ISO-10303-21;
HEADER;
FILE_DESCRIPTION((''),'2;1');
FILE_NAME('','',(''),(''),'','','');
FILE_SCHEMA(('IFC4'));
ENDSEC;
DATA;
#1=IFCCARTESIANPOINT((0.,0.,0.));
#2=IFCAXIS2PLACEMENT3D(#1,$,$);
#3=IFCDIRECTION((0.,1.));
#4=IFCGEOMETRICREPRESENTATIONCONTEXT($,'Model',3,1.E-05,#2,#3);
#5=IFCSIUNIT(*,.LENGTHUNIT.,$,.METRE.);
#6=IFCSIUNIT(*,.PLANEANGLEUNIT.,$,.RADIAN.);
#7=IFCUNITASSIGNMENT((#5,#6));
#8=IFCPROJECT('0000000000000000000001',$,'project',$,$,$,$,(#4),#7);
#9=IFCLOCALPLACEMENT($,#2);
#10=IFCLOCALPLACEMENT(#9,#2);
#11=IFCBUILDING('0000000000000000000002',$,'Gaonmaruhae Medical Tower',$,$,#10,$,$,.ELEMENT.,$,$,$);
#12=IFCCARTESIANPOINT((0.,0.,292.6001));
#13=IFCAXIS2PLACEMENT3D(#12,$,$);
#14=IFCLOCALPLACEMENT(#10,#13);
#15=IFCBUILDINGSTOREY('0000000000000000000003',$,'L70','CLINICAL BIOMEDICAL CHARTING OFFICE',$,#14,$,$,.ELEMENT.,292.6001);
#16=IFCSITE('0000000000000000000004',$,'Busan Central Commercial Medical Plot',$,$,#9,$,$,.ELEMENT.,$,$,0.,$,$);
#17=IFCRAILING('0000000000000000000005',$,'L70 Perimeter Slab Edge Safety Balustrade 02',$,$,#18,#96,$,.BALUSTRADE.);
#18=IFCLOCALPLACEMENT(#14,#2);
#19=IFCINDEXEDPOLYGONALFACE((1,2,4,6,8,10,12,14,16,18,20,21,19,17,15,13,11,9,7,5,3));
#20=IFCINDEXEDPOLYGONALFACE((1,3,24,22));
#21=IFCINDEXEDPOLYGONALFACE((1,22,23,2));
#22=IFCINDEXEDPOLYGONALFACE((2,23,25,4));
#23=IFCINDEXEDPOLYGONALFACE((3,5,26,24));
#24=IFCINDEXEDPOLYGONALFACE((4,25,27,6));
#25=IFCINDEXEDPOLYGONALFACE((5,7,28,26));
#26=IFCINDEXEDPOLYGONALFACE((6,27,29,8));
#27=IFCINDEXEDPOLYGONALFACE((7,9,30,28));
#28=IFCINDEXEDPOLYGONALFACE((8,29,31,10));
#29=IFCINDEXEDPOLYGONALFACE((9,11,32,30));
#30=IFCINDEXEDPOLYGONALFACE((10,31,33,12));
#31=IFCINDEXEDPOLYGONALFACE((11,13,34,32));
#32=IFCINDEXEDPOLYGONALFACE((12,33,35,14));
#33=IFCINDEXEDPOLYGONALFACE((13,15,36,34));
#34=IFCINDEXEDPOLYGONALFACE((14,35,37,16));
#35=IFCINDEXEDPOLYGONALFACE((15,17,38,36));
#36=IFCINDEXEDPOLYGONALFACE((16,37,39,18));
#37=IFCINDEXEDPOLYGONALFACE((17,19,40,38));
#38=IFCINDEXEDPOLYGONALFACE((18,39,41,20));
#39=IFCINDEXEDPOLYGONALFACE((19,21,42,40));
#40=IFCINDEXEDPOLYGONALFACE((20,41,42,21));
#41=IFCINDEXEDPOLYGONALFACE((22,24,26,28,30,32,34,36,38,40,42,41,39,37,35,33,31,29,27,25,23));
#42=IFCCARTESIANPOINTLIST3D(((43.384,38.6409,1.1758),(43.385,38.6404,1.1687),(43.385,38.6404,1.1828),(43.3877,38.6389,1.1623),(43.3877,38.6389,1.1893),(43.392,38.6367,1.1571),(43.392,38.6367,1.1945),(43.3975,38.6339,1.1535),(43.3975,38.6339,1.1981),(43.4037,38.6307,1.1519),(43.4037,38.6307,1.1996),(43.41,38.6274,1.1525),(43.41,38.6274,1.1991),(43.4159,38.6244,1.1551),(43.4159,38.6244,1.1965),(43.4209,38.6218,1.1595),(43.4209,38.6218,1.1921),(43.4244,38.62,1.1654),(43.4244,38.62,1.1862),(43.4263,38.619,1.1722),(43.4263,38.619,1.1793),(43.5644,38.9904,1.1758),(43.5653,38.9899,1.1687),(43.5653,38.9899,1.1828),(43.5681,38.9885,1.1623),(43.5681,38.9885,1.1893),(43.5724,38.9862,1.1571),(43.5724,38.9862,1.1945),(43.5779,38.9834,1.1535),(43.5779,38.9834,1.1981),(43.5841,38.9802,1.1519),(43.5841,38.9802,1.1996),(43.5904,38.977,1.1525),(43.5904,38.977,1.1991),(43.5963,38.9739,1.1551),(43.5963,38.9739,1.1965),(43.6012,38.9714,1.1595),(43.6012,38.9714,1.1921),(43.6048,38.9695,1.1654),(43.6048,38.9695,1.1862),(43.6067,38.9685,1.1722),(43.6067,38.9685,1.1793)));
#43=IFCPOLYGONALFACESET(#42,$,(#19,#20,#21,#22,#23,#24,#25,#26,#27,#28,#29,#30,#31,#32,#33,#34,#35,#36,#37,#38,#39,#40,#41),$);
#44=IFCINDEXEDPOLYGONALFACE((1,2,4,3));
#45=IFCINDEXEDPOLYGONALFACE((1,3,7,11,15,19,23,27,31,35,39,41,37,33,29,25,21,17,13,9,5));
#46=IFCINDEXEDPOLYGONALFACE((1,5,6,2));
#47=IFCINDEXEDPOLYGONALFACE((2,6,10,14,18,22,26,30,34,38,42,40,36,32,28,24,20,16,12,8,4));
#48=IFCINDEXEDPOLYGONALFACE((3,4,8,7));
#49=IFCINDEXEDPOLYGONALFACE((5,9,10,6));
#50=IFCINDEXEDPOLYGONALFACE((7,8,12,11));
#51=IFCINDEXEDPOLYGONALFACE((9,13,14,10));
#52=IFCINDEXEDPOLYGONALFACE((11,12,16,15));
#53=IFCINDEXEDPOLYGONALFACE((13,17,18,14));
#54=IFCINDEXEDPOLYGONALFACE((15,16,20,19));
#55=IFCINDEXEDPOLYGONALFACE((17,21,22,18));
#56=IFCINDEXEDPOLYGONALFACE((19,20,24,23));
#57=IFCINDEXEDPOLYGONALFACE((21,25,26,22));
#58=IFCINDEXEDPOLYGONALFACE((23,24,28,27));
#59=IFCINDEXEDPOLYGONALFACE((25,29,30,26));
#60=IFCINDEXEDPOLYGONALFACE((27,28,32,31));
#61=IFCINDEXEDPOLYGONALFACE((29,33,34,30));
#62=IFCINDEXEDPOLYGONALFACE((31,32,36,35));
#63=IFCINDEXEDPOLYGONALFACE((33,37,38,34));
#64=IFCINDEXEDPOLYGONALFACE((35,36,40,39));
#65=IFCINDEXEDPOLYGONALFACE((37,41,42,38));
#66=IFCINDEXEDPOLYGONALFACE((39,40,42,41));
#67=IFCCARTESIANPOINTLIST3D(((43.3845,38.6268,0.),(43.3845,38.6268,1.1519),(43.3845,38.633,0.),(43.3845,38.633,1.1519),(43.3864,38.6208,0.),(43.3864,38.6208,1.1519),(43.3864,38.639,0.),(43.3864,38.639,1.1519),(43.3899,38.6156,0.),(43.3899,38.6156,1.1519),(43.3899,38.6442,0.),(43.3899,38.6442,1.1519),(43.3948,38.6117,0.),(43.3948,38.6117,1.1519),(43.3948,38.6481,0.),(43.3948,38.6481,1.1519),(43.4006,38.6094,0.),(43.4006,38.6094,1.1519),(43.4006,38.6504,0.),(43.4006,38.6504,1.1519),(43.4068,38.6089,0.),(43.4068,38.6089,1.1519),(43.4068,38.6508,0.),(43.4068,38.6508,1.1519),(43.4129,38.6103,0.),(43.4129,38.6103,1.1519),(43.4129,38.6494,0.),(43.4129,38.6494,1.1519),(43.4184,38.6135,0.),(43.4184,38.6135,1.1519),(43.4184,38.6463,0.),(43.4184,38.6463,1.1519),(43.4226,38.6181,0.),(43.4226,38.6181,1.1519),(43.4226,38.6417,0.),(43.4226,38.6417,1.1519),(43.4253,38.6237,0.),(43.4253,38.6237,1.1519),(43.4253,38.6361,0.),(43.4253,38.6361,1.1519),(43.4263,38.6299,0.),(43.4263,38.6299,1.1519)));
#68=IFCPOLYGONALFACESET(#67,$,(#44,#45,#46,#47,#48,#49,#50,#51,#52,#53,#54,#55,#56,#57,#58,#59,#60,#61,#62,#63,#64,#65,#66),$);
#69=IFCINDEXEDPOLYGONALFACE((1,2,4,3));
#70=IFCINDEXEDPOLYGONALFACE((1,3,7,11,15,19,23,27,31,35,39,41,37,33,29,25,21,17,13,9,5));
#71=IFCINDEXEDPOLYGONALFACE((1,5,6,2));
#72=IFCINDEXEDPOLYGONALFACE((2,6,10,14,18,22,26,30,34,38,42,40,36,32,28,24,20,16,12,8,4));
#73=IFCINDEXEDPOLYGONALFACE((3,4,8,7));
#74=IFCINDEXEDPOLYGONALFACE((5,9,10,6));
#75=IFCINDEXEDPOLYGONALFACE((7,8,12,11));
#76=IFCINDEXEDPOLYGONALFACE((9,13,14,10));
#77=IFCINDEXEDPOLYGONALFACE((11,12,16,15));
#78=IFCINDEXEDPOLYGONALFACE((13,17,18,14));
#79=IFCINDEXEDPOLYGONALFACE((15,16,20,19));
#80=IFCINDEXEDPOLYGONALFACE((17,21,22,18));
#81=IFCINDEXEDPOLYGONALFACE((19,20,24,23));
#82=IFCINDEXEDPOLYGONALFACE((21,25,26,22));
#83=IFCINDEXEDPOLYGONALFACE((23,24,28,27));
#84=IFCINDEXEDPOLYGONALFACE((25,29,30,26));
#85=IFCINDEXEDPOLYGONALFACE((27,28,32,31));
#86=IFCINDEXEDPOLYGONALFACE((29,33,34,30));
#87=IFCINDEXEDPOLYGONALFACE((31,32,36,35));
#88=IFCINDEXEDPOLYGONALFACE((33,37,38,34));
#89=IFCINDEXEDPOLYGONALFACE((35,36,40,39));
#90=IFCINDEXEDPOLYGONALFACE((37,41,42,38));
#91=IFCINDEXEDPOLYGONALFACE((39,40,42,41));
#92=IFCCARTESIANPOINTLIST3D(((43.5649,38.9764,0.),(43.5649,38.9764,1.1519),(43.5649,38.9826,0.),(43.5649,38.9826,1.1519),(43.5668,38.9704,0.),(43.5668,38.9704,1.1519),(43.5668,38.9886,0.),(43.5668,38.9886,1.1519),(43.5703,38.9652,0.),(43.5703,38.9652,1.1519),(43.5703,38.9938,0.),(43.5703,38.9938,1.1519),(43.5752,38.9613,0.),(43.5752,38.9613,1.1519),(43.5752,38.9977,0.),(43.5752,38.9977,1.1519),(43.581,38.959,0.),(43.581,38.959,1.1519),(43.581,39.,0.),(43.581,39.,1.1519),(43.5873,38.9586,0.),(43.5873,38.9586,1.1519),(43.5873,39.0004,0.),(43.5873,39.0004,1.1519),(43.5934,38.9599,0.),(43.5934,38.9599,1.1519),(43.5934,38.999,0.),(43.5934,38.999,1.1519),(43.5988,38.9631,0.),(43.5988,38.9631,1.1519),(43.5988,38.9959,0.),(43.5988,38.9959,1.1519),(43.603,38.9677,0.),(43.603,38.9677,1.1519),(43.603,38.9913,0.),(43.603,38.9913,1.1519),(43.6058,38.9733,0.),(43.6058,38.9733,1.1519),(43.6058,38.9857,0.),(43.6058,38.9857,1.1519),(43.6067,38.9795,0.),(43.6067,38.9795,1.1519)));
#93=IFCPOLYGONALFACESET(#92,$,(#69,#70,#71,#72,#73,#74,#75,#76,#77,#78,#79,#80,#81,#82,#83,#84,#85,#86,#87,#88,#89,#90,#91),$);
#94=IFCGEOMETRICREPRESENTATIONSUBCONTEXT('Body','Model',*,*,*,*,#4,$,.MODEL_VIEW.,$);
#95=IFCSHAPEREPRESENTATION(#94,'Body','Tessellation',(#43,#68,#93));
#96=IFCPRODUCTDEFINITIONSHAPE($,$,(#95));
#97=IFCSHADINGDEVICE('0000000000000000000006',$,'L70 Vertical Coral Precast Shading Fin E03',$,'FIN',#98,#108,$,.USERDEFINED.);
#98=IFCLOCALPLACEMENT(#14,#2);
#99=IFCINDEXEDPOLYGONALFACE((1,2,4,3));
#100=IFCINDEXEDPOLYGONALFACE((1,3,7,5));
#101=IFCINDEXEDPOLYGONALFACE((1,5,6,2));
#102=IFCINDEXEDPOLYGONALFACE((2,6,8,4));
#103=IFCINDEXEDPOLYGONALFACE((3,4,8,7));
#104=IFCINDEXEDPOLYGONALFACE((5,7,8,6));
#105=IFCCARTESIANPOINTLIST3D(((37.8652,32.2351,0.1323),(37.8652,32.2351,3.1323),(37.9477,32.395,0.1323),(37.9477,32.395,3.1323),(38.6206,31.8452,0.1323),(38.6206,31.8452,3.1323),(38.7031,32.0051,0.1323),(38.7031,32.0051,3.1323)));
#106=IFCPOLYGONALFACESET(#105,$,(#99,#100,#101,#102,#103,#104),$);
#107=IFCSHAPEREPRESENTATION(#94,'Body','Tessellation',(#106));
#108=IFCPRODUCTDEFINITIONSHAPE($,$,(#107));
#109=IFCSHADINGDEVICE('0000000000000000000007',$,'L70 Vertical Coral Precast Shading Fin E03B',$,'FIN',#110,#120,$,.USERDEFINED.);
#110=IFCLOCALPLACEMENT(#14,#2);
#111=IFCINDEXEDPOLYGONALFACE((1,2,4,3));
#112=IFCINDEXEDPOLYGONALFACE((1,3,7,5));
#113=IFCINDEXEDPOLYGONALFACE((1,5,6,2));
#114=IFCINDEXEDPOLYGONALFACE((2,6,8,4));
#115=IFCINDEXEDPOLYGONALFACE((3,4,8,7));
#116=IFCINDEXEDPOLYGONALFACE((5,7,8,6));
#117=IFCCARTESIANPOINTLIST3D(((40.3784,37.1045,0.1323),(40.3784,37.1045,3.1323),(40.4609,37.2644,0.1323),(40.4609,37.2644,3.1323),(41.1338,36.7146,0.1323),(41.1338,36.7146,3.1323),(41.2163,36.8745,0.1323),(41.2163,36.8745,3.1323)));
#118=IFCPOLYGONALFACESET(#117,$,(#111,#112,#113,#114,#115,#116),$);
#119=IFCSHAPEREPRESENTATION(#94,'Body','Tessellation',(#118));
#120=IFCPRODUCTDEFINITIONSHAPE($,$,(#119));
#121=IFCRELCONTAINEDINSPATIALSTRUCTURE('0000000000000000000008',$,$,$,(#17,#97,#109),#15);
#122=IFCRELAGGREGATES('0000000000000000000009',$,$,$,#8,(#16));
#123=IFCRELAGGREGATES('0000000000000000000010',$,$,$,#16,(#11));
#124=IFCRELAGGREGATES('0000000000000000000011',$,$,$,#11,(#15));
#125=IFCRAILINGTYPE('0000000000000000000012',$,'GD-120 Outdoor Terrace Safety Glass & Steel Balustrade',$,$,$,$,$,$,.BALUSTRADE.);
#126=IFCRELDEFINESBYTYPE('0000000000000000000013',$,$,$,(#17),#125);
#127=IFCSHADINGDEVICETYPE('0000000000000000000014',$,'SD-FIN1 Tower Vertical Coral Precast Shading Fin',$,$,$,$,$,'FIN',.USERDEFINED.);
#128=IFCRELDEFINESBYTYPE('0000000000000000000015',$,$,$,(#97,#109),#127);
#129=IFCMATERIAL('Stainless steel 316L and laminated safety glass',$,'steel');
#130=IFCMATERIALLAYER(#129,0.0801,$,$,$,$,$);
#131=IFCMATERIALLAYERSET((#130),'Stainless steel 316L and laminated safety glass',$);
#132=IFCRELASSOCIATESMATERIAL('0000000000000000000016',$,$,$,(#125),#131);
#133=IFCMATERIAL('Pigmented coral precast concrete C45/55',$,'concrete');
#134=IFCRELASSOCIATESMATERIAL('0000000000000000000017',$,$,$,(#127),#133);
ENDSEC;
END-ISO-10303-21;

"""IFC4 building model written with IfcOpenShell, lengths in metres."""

from ifc_helpers import new_model, si_unit, direction, frame, origin, origin_2d, place, context, subcontext, project, spatial, rectangle, circle, extrude, material, layer, layer_set, type_object, element, save


model = new_model("IFC4")

# Units and contexts
model_context = context("Model", 3, precision=1e-05, world=origin(), true_north=direction((0.0, 1.0)))
body_context = subcontext(model_context, "Body", "Model", "MODEL_VIEW")
ifc_project = project(units=[si_unit("LENGTHUNIT", "METRE"), si_unit("PLANEANGLEUNIT", "RADIAN")], contexts=[model_context])

# Site, building, storey
site_placement = place(None, origin())
site = spatial("IfcSite", under=ifc_project, at=site_placement, Name="Busan Central Commercial Medical Plot", CompositionType="ELEMENT", RefElevation=0.0)
building_placement = place(site_placement, origin())
building = spatial("IfcBuilding", under=site, at=building_placement, Name="Gaonmaruhae Medical Tower", CompositionType="ELEMENT")
storey_placement = place(building_placement, frame((0.0, 0.0, 292.6001)))
storey = spatial("IfcBuildingStorey", under=building, at=storey_placement, Name="L70", Description="CLINICAL BIOMEDICAL CHARTING OFFICE", CompositionType="ELEMENT", Elevation=292.6001)

# Railing
ifc_material_1 = material(Name="Stainless steel 316L and laminated safety glass", Category="steel")
ifc_layer_1 = layer(ifc_material_1, 0.0801)
ifc_layer_set_1 = layer_set([ifc_layer_1], Name="Stainless steel 316L and laminated safety glass")
railing_type = type_object("IfcRailingType", Name="GD-120 Outdoor Terrace Safety Glass & Steel Balustrade", PredefinedType="BALUSTRADE", material=ifc_layer_set_1)
railing_placement = place(storey_placement, frame((43.4053, 38.6299, 0.0)))
element("IfcRailing", 1, at=railing_placement, inside=storey, type_object=railing_type, Name="L70 Perimeter Slab Edge Safety Balustrade 02", PredefinedType="BALUSTRADE", context=body_context, shape_type="SweptSolid", body=[
    extrude(circle(Radius=0.0239, at=origin_2d()), frame((0.0, 0.0, 1.1758), z_axis=(0.458595, 0.888645, 0.0), x_axis=(-0.888645, 0.458595, 0.0)), (0.0, 0.0, 1.0), 0.3933),
    extrude(circle(Radius=0.021, at=origin_2d()), origin(), (0.0, 0.0, 1.0), 1.1519),
    extrude(circle(Radius=0.021, at=origin_2d()), frame((0.1804, 0.3496, 0.0)), (0.0, 0.0, 1.0), 1.1519),
])

# Shading devices
ifc_material_2 = material(Name="Pigmented coral precast concrete C45/55", Category="concrete")
shading_device_type = type_object("IfcShadingDeviceType", Name="SD-FIN1 Tower Vertical Coral Precast Shading Fin", ElementType="FIN", PredefinedType="USERDEFINED", material=ifc_material_2)
for number, where, z_axis, x_axis, name in (
    (2, (38.2842, 32.1201, 0.1323), (0.0, 0.0, 1.0), (0.45865, 0.888617, 0.0), "L70 Vertical Coral Precast Shading Fin E03"),
    (3, (40.7974, 36.9895, 0.1323), (0.0, 0.0, 1.0), (0.45865, 0.888617, 0.0), "L70 Vertical Coral Precast Shading Fin E03B"),
):
    element("IfcShadingDevice", number, at=place(storey_placement, frame(where, z_axis=z_axis, x_axis=x_axis)), inside=storey, type_object=shading_device_type, Name=name, ObjectType="FIN", PredefinedType="USERDEFINED", context=body_context, shape_type="SweptSolid", body=[
        extrude(rectangle(XDim=0.1799, YDim=0.8501, at=origin_2d()), origin(), (0.0, 0.0, 1.0), 3.0),
    ])

save(model, "model.ifc")
